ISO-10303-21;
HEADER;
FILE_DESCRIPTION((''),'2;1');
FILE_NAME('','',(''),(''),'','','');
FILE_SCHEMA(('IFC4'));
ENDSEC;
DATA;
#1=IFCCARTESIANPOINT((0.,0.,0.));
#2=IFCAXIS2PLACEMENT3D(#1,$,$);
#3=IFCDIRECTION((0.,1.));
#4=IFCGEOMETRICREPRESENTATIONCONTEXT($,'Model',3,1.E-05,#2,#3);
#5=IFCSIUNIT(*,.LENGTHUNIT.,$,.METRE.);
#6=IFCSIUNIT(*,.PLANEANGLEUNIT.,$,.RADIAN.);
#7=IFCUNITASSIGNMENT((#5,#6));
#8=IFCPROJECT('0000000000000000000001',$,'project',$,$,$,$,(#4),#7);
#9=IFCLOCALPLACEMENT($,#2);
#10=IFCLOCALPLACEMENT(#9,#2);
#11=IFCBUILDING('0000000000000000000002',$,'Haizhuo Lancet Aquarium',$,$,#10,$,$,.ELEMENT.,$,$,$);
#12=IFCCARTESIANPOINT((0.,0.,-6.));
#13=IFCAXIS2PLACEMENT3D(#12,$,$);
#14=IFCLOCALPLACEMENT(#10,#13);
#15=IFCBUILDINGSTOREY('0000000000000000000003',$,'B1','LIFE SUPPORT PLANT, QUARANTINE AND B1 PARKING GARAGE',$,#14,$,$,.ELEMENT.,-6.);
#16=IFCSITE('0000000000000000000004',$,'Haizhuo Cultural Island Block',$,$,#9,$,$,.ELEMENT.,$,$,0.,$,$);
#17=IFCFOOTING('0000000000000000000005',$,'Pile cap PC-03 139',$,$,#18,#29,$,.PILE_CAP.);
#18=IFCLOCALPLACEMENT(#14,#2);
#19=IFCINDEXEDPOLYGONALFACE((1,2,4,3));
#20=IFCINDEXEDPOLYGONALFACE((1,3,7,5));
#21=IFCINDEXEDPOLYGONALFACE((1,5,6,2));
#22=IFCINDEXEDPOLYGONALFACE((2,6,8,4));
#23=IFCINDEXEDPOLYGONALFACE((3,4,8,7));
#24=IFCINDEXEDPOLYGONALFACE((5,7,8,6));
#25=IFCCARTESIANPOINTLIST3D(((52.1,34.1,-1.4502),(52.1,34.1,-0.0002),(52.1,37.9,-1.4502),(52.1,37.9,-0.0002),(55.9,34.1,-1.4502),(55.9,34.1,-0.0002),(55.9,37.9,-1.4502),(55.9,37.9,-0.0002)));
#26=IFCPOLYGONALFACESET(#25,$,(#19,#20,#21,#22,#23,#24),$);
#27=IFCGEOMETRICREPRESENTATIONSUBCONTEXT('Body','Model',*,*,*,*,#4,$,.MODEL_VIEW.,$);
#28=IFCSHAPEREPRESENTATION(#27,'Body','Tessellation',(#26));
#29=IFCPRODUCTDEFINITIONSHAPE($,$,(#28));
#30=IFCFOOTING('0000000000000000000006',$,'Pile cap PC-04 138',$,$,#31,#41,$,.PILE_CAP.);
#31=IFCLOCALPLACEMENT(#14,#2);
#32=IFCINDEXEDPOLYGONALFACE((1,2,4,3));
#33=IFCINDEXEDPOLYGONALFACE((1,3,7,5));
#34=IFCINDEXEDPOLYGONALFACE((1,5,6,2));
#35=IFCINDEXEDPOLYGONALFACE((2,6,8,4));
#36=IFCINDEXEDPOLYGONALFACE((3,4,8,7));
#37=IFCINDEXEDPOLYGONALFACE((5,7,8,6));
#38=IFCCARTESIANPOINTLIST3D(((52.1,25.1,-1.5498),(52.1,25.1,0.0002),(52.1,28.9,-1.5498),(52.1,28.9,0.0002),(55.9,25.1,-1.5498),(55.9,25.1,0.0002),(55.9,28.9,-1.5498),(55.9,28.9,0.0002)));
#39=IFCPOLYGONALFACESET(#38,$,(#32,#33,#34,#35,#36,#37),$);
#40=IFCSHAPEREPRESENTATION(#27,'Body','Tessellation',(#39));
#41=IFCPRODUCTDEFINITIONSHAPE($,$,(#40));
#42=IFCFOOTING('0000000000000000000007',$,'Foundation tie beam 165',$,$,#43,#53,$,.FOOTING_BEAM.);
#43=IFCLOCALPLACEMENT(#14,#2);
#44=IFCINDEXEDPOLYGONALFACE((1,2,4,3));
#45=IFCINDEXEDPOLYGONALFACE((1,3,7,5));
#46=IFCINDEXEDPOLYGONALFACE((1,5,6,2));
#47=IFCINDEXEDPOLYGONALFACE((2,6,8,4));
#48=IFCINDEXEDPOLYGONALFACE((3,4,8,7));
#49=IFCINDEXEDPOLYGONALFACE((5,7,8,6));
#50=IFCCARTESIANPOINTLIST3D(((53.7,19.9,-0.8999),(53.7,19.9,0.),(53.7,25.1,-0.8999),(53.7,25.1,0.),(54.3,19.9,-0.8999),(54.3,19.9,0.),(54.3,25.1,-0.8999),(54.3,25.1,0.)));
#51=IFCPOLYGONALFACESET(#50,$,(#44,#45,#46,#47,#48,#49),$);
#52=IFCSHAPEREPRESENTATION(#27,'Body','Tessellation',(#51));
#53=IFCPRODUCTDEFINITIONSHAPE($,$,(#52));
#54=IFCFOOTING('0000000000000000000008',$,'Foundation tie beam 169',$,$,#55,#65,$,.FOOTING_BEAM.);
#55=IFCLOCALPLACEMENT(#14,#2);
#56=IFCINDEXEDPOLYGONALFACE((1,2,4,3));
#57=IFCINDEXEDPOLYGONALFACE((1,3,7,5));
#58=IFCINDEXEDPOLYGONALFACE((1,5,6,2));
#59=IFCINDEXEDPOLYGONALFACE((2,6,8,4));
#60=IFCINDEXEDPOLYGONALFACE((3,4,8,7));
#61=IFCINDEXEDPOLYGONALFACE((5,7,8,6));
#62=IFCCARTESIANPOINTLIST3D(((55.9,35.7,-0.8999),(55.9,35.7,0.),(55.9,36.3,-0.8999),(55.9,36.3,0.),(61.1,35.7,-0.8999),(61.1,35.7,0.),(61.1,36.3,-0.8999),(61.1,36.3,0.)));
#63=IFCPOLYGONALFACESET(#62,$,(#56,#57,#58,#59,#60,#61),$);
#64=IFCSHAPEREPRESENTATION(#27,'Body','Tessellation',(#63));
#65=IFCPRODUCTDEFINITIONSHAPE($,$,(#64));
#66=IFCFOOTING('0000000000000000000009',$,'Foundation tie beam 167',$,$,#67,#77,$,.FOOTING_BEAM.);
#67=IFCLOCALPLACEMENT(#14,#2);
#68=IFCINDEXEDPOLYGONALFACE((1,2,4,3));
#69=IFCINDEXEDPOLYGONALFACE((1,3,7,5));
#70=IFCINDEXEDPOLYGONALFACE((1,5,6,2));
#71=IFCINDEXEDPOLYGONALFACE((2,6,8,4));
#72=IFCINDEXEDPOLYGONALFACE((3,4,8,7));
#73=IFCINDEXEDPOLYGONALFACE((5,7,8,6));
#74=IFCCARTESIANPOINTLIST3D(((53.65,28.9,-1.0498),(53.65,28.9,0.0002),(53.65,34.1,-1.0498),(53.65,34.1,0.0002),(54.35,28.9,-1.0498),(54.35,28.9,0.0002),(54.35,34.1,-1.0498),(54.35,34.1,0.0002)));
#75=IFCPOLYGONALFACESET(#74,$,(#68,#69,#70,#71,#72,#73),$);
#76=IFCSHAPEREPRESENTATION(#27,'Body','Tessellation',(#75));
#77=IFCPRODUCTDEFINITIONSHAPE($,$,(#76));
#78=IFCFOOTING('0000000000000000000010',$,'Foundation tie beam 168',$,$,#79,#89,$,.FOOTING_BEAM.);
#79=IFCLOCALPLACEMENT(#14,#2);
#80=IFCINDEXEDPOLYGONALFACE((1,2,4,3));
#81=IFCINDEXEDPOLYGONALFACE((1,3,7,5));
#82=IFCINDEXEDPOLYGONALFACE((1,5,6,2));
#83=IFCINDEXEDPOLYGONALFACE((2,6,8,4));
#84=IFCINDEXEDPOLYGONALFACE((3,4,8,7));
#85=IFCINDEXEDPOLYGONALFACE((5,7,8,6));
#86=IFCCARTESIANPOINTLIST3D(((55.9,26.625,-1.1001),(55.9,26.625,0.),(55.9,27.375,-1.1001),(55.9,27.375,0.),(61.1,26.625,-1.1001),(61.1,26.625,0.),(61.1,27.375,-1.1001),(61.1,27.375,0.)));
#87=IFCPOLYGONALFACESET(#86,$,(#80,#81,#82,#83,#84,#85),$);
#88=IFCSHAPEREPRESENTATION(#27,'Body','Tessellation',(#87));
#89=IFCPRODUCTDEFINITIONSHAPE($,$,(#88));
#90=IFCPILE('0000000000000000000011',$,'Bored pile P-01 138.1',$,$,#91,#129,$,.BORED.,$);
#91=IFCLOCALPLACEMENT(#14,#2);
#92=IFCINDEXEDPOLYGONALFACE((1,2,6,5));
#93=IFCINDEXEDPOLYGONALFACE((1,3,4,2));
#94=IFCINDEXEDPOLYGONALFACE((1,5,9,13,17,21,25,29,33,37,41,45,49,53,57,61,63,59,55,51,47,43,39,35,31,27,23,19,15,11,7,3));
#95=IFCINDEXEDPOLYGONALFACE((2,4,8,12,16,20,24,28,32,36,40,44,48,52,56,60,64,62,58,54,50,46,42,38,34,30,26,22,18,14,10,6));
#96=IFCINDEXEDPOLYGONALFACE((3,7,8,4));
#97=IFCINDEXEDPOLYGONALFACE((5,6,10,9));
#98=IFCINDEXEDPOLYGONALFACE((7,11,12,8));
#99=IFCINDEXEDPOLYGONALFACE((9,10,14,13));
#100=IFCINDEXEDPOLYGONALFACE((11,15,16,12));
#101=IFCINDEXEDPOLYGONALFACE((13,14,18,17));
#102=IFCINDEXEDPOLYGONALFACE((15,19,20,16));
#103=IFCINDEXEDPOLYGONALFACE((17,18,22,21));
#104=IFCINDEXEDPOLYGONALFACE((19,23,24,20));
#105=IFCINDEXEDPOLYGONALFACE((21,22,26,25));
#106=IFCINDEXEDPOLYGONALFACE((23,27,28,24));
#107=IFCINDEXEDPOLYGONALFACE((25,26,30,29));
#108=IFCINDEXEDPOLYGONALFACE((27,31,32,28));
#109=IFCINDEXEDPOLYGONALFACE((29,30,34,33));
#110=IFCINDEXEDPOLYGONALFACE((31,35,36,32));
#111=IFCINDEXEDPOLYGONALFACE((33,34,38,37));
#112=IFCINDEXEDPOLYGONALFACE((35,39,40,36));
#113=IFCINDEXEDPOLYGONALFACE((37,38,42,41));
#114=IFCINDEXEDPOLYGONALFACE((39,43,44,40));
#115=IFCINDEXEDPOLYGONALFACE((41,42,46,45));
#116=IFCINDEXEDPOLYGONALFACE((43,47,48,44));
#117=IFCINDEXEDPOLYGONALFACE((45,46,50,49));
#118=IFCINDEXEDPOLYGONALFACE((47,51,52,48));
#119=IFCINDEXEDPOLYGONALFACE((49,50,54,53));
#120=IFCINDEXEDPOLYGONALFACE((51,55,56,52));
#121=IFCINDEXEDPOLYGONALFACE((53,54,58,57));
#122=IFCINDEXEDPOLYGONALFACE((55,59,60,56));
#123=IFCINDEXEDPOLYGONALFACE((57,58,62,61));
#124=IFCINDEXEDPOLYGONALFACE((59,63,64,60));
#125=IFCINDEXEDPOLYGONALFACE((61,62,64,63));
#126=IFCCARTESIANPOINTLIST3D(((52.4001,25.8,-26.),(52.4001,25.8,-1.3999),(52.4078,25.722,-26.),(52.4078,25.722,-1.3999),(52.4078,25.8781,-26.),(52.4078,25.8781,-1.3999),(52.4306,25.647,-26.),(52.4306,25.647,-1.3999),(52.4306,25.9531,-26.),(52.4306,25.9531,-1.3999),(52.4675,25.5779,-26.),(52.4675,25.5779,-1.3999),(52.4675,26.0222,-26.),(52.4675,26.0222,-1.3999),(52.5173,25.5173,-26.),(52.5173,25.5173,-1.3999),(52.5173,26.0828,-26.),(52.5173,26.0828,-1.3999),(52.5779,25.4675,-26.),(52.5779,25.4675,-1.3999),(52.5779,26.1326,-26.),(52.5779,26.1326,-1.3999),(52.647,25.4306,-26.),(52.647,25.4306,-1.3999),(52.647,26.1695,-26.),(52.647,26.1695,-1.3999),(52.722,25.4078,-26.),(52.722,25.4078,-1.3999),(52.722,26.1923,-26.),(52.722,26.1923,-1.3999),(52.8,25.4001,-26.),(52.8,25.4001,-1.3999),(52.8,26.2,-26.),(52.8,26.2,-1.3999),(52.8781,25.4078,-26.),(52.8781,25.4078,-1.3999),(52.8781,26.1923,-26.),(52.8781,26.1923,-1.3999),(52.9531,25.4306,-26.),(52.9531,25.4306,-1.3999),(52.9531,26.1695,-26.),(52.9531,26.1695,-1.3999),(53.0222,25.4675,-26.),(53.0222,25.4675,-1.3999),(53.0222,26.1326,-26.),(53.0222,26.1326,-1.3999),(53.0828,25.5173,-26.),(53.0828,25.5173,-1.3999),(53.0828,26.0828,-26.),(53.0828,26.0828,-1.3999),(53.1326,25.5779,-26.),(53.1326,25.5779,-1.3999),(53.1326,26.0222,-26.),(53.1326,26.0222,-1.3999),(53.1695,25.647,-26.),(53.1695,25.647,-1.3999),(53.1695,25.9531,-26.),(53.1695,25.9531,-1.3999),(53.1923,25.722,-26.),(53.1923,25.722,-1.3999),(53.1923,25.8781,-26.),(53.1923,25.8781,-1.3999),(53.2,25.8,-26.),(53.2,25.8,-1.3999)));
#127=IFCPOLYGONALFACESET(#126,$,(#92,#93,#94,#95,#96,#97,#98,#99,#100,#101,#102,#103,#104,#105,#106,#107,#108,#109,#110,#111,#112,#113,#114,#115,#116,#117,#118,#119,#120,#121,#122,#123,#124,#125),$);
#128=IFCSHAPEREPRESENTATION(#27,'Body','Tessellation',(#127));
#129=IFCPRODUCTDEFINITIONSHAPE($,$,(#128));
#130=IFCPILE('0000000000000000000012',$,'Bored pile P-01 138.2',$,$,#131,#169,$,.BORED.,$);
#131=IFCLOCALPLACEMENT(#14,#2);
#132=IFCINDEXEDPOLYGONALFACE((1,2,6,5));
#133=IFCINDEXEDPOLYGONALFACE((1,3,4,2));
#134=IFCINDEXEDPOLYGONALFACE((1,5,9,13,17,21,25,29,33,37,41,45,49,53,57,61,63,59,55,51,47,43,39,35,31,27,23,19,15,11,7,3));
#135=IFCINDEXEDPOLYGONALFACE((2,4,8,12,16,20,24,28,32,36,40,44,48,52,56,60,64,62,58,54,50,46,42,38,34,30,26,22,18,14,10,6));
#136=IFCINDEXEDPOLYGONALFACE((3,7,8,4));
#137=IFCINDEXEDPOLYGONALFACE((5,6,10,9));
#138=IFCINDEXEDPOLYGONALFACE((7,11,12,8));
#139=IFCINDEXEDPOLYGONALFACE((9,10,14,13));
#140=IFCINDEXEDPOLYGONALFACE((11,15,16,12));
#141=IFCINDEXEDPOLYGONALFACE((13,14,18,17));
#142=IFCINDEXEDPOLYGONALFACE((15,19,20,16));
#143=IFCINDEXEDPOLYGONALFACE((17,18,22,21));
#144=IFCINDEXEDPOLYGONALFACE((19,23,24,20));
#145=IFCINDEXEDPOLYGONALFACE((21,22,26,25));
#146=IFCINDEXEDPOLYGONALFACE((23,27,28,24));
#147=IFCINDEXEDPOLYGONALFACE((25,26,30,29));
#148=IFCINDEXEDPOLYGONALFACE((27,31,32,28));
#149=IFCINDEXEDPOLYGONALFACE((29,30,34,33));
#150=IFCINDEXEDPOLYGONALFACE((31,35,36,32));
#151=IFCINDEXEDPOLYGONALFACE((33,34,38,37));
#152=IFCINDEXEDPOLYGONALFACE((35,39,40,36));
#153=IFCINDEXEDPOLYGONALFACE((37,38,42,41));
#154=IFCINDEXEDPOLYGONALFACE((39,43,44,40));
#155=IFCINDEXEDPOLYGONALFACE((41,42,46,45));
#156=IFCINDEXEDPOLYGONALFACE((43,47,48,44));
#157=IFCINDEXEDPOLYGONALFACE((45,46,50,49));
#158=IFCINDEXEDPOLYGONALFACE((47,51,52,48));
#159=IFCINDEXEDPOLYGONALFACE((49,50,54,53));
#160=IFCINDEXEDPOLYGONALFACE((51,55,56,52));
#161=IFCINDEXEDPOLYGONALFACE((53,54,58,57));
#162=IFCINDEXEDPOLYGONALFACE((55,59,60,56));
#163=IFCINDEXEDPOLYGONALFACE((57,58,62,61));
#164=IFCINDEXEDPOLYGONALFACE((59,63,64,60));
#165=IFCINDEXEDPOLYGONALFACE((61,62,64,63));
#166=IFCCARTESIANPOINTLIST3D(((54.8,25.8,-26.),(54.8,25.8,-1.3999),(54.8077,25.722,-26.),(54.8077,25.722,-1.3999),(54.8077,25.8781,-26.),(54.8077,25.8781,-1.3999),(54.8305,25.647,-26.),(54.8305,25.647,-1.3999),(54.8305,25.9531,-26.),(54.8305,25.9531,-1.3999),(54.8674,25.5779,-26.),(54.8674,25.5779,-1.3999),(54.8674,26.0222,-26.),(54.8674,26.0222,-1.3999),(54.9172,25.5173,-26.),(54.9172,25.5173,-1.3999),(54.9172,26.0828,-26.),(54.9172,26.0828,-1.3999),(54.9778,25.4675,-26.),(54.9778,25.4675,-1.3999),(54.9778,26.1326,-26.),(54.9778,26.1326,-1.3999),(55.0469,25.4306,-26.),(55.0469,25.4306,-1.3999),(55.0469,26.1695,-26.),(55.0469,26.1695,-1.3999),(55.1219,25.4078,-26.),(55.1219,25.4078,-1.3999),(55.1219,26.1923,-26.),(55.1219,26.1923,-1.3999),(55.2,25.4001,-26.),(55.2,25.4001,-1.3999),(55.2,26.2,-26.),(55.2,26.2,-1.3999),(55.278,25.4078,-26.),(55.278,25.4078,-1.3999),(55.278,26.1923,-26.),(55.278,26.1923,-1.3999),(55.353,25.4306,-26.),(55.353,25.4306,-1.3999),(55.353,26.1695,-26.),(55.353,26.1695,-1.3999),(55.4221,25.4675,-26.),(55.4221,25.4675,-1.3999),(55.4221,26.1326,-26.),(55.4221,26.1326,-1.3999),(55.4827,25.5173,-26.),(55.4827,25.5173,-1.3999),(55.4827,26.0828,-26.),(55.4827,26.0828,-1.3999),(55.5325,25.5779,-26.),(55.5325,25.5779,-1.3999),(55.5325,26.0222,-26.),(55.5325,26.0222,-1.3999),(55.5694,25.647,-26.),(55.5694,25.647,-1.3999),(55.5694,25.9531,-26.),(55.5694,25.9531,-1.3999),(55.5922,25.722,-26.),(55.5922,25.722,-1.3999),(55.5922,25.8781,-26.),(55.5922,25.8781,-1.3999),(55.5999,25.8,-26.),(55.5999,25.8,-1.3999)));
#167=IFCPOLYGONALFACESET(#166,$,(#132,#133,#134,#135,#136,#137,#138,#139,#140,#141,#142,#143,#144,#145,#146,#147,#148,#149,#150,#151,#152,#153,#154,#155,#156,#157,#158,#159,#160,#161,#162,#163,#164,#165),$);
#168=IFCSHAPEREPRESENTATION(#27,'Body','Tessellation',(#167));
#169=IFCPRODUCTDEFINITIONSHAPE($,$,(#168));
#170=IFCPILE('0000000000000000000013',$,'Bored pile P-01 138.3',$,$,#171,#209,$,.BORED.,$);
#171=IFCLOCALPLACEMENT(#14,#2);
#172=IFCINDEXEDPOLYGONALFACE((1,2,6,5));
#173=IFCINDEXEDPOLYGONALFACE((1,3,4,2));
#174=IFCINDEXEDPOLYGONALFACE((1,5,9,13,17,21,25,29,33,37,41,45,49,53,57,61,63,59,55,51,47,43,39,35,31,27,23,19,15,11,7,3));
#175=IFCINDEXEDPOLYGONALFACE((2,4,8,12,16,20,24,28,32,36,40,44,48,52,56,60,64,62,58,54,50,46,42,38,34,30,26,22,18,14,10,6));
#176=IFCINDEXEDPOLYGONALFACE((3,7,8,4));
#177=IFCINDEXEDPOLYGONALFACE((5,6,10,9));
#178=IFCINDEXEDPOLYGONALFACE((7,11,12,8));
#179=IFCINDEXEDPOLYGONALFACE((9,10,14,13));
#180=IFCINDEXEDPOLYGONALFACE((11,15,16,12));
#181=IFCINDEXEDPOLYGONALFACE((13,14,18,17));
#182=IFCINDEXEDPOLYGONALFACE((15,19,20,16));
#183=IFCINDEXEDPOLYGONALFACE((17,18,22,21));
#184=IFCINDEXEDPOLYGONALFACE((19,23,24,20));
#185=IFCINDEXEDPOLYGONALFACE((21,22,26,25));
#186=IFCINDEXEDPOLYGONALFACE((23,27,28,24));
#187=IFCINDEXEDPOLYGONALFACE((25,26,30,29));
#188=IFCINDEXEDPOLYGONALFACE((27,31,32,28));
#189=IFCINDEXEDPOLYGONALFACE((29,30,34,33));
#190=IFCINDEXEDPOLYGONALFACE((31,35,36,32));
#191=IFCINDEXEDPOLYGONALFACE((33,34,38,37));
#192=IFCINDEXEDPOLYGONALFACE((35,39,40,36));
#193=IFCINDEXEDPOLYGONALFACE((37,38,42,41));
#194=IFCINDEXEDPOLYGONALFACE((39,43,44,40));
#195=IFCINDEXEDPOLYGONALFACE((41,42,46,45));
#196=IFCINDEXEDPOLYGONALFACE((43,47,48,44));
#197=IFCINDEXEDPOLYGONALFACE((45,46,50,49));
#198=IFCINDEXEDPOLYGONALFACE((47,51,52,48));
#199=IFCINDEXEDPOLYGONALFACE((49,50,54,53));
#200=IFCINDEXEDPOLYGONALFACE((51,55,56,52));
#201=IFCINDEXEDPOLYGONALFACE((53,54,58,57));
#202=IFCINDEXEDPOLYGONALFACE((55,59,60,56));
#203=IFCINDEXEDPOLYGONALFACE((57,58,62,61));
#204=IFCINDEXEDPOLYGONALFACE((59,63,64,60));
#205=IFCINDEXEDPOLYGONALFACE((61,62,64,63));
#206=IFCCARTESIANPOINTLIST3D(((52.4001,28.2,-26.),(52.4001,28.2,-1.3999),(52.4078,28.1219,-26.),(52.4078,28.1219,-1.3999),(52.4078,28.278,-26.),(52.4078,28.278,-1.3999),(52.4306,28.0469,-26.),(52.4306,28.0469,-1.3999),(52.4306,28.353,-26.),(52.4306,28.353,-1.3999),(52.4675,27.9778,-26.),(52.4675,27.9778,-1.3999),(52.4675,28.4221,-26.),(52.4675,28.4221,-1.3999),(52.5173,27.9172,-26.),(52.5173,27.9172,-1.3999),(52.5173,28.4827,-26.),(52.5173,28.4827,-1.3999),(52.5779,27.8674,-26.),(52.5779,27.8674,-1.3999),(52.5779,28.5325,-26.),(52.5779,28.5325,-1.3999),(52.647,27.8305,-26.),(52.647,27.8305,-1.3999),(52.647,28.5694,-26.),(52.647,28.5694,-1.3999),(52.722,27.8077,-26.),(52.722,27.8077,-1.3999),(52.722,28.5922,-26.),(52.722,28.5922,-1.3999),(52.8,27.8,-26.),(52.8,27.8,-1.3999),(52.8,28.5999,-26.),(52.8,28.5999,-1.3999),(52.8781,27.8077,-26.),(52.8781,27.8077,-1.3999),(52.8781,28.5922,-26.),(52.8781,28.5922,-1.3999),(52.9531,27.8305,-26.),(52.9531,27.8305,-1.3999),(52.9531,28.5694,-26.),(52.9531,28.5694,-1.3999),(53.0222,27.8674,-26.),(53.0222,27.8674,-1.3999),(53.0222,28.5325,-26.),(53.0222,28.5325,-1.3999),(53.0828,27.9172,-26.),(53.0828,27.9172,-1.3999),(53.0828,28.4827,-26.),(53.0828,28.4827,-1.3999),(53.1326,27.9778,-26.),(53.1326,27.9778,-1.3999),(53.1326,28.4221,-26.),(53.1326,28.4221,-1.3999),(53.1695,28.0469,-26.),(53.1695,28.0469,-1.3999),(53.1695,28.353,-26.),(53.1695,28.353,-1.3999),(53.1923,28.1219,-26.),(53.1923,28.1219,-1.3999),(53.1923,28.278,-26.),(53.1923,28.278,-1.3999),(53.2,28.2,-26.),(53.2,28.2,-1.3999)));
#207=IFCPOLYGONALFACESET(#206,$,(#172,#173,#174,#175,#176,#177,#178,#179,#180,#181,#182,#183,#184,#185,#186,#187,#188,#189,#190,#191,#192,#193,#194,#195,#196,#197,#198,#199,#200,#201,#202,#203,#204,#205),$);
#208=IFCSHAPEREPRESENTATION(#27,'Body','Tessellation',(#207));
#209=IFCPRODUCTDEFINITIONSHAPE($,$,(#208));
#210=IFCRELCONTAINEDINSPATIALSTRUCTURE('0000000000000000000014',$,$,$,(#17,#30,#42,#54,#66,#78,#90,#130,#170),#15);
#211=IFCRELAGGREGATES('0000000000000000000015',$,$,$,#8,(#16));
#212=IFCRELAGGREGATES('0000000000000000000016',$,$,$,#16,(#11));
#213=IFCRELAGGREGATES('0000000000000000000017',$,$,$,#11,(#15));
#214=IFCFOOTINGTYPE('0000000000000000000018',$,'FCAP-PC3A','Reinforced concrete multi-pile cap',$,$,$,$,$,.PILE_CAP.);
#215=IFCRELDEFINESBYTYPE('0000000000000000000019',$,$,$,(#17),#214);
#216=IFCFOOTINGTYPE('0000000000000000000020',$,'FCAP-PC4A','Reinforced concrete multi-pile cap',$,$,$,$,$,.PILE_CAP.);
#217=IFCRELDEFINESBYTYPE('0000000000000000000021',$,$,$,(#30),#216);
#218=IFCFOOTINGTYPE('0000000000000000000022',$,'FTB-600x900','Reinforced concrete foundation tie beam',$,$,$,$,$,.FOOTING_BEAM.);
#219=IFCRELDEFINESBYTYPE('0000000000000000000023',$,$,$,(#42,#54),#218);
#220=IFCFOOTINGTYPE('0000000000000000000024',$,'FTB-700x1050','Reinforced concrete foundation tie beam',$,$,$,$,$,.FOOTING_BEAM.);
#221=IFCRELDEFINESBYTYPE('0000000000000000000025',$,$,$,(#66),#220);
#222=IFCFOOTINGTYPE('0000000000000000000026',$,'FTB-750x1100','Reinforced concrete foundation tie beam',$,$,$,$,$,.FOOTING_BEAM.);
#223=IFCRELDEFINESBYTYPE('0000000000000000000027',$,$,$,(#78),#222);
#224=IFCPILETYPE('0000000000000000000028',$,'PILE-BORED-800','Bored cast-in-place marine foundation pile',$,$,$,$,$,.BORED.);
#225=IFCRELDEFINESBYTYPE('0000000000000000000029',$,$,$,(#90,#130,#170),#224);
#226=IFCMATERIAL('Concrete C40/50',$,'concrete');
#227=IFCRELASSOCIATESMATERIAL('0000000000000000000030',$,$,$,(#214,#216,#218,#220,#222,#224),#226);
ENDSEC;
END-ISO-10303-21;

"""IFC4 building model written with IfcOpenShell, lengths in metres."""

from ifc_helpers import new_model, si_unit, direction, frame, origin, origin_2d, place, context, subcontext, project, spatial, rectangle, circle, extrude, material, material_profile, profile_set, type_object, element, save


model = new_model("IFC4")

# Units and contexts
model_context = context("Model", 3, precision=1e-05, world=origin(), true_north=direction((0.0, 1.0)))
body_context = subcontext(model_context, "Body", "Model", "MODEL_VIEW")
ifc_project = project(units=[si_unit("LENGTHUNIT", "METRE"), si_unit("PLANEANGLEUNIT", "RADIAN")], contexts=[model_context])

# Site, building, storey
site_placement = place(None, origin())
site = spatial("IfcSite", under=ifc_project, at=site_placement, Name="Haizhuo Cultural Island Block", CompositionType="ELEMENT", RefElevation=0.0)
building_placement = place(site_placement, origin())
building = spatial("IfcBuilding", under=site, at=building_placement, Name="Haizhuo Lancet Aquarium", CompositionType="ELEMENT")
storey_placement = place(building_placement, frame((0.0, 0.0, -6.0)))
storey = spatial("IfcBuildingStorey", under=building, at=storey_placement, Name="B1", Description="LIFE SUPPORT PLANT, QUARANTINE AND B1 PARKING GARAGE", CompositionType="ELEMENT", Elevation=-6.0)

# Footings
ifc_material_1 = material(Name="Concrete C40/50", Category="concrete")
footing_type_1 = type_object("IfcFootingType", Name="FCAP-PC3A", Description="Reinforced concrete multi-pile cap", PredefinedType="PILE_CAP", material=ifc_material_1)
footing_1_placement = place(storey_placement, frame((54.0, 36.0, -1.4502), z_axis=(0.0, 0.0, 1.0), x_axis=(1.0, 0.0, 0.0)))
element("IfcFooting", 1, at=footing_1_placement, inside=storey, type_object=footing_type_1, Name="Pile cap PC-03 139", PredefinedType="PILE_CAP", context=body_context, shape_type="SweptSolid", body=[
    extrude(rectangle(XDim=3.8, YDim=3.8, at=origin_2d()), origin(), (0.0, 0.0, 1.0), 1.45),
])
footing_type_2 = type_object("IfcFootingType", Name="FCAP-PC4A", Description="Reinforced concrete multi-pile cap", PredefinedType="PILE_CAP", material=ifc_material_1)
footing_2_placement = place(storey_placement, frame((54.0, 27.0, -1.5498), z_axis=(0.0, 0.0, 1.0), x_axis=(1.0, 0.0, 0.0)))
element("IfcFooting", 2, at=footing_2_placement, inside=storey, type_object=footing_type_2, Name="Pile cap PC-04 138", PredefinedType="PILE_CAP", context=body_context, shape_type="SweptSolid", body=[
    extrude(rectangle(XDim=3.8, YDim=3.8, at=origin_2d()), origin(), (0.0, 0.0, 1.0), 1.55),
])
footing_type_3 = type_object("IfcFootingType", Name="FTB-600x900", Description="Reinforced concrete foundation tie beam", PredefinedType="FOOTING_BEAM", material=ifc_material_1)
for number, where, z_axis, x_axis, name in (
    (3, (54.0, 22.5, -0.8999), (0.0, 0.0, 1.0), (0.0, 1.0, 0.0), "Foundation tie beam 165"),
    (4, (58.5, 36.0, -0.8999), (0.0, 0.0, 1.0), (1.0, 0.0, 0.0), "Foundation tie beam 169"),
):
    element("IfcFooting", number, at=place(storey_placement, frame(where, z_axis=z_axis, x_axis=x_axis)), inside=storey, type_object=footing_type_3, Name=name, PredefinedType="FOOTING_BEAM", context=body_context, shape_type="SweptSolid", body=[
        extrude(rectangle(XDim=5.2, YDim=0.6001, at=origin_2d()), origin(), (0.0, 0.0, 1.0), 0.8999),
    ])
footing_type_4 = type_object("IfcFootingType", Name="FTB-700x1050", Description="Reinforced concrete foundation tie beam", PredefinedType="FOOTING_BEAM", material=ifc_material_1)
footing_3_placement = place(storey_placement, frame((54.0, 31.5, -1.0498), z_axis=(0.0, 0.0, 1.0), x_axis=(0.0, 1.0, 0.0)))
element("IfcFooting", 5, at=footing_3_placement, inside=storey, type_object=footing_type_4, Name="Foundation tie beam 167", PredefinedType="FOOTING_BEAM", context=body_context, shape_type="SweptSolid", body=[
    extrude(rectangle(XDim=5.2, YDim=0.7, at=origin_2d()), origin(), (0.0, 0.0, 1.0), 1.05),
])
footing_type_5 = type_object("IfcFootingType", Name="FTB-750x1100", Description="Reinforced concrete foundation tie beam", PredefinedType="FOOTING_BEAM", material=ifc_material_1)
footing_4_placement = place(storey_placement, frame((58.5, 27.0, -1.1001), z_axis=(0.0, 0.0, 1.0), x_axis=(1.0, 0.0, 0.0)))
element("IfcFooting", 6, at=footing_4_placement, inside=storey, type_object=footing_type_5, Name="Foundation tie beam 168", PredefinedType="FOOTING_BEAM", context=body_context, shape_type="SweptSolid", body=[
    extrude(rectangle(XDim=5.2, YDim=0.75, at=origin_2d()), origin(), (0.0, 0.0, 1.0), 1.1001),
])

# Piles
ifc_material_profile_1 = material_profile(ifc_material_1, circle(Radius=0.3999, at=origin_2d()), Name="PILE-800")
ifc_profile_set_1 = profile_set([ifc_material_profile_1], Name="Concrete C40/50")
pile_type = type_object("IfcPileType", Name="PILE-BORED-800", Description="Bored cast-in-place marine foundation pile", PredefinedType="BORED", material=ifc_profile_set_1)
for number, where, z_axis, x_axis, name in (
    (7, (52.8, 25.8, -1.3999), (0.0, 0.0, -1.0), (1.0, 0.0, 0.0), "Bored pile P-01 138.1"),
    (8, (55.2, 25.8, -1.3999), (0.0, 0.0, -1.0), (1.0, 0.0, 0.0), "Bored pile P-01 138.2"),
    (9, (52.8, 28.2, -1.3999), (0.0, 0.0, -1.0), (1.0, 0.0, 0.0), "Bored pile P-01 138.3"),
):
    element("IfcPile", number, at=place(storey_placement, frame(where, z_axis=z_axis, x_axis=x_axis)), inside=storey, type_object=pile_type, Name=name, PredefinedType="BORED", context=body_context, shape_type="SweptSolid", body=[
        extrude(circle(Radius=0.3999, at=origin_2d()), origin(), (0.0, 0.0, 1.0), 24.6001),
    ])

save(model, "model.ifc")
